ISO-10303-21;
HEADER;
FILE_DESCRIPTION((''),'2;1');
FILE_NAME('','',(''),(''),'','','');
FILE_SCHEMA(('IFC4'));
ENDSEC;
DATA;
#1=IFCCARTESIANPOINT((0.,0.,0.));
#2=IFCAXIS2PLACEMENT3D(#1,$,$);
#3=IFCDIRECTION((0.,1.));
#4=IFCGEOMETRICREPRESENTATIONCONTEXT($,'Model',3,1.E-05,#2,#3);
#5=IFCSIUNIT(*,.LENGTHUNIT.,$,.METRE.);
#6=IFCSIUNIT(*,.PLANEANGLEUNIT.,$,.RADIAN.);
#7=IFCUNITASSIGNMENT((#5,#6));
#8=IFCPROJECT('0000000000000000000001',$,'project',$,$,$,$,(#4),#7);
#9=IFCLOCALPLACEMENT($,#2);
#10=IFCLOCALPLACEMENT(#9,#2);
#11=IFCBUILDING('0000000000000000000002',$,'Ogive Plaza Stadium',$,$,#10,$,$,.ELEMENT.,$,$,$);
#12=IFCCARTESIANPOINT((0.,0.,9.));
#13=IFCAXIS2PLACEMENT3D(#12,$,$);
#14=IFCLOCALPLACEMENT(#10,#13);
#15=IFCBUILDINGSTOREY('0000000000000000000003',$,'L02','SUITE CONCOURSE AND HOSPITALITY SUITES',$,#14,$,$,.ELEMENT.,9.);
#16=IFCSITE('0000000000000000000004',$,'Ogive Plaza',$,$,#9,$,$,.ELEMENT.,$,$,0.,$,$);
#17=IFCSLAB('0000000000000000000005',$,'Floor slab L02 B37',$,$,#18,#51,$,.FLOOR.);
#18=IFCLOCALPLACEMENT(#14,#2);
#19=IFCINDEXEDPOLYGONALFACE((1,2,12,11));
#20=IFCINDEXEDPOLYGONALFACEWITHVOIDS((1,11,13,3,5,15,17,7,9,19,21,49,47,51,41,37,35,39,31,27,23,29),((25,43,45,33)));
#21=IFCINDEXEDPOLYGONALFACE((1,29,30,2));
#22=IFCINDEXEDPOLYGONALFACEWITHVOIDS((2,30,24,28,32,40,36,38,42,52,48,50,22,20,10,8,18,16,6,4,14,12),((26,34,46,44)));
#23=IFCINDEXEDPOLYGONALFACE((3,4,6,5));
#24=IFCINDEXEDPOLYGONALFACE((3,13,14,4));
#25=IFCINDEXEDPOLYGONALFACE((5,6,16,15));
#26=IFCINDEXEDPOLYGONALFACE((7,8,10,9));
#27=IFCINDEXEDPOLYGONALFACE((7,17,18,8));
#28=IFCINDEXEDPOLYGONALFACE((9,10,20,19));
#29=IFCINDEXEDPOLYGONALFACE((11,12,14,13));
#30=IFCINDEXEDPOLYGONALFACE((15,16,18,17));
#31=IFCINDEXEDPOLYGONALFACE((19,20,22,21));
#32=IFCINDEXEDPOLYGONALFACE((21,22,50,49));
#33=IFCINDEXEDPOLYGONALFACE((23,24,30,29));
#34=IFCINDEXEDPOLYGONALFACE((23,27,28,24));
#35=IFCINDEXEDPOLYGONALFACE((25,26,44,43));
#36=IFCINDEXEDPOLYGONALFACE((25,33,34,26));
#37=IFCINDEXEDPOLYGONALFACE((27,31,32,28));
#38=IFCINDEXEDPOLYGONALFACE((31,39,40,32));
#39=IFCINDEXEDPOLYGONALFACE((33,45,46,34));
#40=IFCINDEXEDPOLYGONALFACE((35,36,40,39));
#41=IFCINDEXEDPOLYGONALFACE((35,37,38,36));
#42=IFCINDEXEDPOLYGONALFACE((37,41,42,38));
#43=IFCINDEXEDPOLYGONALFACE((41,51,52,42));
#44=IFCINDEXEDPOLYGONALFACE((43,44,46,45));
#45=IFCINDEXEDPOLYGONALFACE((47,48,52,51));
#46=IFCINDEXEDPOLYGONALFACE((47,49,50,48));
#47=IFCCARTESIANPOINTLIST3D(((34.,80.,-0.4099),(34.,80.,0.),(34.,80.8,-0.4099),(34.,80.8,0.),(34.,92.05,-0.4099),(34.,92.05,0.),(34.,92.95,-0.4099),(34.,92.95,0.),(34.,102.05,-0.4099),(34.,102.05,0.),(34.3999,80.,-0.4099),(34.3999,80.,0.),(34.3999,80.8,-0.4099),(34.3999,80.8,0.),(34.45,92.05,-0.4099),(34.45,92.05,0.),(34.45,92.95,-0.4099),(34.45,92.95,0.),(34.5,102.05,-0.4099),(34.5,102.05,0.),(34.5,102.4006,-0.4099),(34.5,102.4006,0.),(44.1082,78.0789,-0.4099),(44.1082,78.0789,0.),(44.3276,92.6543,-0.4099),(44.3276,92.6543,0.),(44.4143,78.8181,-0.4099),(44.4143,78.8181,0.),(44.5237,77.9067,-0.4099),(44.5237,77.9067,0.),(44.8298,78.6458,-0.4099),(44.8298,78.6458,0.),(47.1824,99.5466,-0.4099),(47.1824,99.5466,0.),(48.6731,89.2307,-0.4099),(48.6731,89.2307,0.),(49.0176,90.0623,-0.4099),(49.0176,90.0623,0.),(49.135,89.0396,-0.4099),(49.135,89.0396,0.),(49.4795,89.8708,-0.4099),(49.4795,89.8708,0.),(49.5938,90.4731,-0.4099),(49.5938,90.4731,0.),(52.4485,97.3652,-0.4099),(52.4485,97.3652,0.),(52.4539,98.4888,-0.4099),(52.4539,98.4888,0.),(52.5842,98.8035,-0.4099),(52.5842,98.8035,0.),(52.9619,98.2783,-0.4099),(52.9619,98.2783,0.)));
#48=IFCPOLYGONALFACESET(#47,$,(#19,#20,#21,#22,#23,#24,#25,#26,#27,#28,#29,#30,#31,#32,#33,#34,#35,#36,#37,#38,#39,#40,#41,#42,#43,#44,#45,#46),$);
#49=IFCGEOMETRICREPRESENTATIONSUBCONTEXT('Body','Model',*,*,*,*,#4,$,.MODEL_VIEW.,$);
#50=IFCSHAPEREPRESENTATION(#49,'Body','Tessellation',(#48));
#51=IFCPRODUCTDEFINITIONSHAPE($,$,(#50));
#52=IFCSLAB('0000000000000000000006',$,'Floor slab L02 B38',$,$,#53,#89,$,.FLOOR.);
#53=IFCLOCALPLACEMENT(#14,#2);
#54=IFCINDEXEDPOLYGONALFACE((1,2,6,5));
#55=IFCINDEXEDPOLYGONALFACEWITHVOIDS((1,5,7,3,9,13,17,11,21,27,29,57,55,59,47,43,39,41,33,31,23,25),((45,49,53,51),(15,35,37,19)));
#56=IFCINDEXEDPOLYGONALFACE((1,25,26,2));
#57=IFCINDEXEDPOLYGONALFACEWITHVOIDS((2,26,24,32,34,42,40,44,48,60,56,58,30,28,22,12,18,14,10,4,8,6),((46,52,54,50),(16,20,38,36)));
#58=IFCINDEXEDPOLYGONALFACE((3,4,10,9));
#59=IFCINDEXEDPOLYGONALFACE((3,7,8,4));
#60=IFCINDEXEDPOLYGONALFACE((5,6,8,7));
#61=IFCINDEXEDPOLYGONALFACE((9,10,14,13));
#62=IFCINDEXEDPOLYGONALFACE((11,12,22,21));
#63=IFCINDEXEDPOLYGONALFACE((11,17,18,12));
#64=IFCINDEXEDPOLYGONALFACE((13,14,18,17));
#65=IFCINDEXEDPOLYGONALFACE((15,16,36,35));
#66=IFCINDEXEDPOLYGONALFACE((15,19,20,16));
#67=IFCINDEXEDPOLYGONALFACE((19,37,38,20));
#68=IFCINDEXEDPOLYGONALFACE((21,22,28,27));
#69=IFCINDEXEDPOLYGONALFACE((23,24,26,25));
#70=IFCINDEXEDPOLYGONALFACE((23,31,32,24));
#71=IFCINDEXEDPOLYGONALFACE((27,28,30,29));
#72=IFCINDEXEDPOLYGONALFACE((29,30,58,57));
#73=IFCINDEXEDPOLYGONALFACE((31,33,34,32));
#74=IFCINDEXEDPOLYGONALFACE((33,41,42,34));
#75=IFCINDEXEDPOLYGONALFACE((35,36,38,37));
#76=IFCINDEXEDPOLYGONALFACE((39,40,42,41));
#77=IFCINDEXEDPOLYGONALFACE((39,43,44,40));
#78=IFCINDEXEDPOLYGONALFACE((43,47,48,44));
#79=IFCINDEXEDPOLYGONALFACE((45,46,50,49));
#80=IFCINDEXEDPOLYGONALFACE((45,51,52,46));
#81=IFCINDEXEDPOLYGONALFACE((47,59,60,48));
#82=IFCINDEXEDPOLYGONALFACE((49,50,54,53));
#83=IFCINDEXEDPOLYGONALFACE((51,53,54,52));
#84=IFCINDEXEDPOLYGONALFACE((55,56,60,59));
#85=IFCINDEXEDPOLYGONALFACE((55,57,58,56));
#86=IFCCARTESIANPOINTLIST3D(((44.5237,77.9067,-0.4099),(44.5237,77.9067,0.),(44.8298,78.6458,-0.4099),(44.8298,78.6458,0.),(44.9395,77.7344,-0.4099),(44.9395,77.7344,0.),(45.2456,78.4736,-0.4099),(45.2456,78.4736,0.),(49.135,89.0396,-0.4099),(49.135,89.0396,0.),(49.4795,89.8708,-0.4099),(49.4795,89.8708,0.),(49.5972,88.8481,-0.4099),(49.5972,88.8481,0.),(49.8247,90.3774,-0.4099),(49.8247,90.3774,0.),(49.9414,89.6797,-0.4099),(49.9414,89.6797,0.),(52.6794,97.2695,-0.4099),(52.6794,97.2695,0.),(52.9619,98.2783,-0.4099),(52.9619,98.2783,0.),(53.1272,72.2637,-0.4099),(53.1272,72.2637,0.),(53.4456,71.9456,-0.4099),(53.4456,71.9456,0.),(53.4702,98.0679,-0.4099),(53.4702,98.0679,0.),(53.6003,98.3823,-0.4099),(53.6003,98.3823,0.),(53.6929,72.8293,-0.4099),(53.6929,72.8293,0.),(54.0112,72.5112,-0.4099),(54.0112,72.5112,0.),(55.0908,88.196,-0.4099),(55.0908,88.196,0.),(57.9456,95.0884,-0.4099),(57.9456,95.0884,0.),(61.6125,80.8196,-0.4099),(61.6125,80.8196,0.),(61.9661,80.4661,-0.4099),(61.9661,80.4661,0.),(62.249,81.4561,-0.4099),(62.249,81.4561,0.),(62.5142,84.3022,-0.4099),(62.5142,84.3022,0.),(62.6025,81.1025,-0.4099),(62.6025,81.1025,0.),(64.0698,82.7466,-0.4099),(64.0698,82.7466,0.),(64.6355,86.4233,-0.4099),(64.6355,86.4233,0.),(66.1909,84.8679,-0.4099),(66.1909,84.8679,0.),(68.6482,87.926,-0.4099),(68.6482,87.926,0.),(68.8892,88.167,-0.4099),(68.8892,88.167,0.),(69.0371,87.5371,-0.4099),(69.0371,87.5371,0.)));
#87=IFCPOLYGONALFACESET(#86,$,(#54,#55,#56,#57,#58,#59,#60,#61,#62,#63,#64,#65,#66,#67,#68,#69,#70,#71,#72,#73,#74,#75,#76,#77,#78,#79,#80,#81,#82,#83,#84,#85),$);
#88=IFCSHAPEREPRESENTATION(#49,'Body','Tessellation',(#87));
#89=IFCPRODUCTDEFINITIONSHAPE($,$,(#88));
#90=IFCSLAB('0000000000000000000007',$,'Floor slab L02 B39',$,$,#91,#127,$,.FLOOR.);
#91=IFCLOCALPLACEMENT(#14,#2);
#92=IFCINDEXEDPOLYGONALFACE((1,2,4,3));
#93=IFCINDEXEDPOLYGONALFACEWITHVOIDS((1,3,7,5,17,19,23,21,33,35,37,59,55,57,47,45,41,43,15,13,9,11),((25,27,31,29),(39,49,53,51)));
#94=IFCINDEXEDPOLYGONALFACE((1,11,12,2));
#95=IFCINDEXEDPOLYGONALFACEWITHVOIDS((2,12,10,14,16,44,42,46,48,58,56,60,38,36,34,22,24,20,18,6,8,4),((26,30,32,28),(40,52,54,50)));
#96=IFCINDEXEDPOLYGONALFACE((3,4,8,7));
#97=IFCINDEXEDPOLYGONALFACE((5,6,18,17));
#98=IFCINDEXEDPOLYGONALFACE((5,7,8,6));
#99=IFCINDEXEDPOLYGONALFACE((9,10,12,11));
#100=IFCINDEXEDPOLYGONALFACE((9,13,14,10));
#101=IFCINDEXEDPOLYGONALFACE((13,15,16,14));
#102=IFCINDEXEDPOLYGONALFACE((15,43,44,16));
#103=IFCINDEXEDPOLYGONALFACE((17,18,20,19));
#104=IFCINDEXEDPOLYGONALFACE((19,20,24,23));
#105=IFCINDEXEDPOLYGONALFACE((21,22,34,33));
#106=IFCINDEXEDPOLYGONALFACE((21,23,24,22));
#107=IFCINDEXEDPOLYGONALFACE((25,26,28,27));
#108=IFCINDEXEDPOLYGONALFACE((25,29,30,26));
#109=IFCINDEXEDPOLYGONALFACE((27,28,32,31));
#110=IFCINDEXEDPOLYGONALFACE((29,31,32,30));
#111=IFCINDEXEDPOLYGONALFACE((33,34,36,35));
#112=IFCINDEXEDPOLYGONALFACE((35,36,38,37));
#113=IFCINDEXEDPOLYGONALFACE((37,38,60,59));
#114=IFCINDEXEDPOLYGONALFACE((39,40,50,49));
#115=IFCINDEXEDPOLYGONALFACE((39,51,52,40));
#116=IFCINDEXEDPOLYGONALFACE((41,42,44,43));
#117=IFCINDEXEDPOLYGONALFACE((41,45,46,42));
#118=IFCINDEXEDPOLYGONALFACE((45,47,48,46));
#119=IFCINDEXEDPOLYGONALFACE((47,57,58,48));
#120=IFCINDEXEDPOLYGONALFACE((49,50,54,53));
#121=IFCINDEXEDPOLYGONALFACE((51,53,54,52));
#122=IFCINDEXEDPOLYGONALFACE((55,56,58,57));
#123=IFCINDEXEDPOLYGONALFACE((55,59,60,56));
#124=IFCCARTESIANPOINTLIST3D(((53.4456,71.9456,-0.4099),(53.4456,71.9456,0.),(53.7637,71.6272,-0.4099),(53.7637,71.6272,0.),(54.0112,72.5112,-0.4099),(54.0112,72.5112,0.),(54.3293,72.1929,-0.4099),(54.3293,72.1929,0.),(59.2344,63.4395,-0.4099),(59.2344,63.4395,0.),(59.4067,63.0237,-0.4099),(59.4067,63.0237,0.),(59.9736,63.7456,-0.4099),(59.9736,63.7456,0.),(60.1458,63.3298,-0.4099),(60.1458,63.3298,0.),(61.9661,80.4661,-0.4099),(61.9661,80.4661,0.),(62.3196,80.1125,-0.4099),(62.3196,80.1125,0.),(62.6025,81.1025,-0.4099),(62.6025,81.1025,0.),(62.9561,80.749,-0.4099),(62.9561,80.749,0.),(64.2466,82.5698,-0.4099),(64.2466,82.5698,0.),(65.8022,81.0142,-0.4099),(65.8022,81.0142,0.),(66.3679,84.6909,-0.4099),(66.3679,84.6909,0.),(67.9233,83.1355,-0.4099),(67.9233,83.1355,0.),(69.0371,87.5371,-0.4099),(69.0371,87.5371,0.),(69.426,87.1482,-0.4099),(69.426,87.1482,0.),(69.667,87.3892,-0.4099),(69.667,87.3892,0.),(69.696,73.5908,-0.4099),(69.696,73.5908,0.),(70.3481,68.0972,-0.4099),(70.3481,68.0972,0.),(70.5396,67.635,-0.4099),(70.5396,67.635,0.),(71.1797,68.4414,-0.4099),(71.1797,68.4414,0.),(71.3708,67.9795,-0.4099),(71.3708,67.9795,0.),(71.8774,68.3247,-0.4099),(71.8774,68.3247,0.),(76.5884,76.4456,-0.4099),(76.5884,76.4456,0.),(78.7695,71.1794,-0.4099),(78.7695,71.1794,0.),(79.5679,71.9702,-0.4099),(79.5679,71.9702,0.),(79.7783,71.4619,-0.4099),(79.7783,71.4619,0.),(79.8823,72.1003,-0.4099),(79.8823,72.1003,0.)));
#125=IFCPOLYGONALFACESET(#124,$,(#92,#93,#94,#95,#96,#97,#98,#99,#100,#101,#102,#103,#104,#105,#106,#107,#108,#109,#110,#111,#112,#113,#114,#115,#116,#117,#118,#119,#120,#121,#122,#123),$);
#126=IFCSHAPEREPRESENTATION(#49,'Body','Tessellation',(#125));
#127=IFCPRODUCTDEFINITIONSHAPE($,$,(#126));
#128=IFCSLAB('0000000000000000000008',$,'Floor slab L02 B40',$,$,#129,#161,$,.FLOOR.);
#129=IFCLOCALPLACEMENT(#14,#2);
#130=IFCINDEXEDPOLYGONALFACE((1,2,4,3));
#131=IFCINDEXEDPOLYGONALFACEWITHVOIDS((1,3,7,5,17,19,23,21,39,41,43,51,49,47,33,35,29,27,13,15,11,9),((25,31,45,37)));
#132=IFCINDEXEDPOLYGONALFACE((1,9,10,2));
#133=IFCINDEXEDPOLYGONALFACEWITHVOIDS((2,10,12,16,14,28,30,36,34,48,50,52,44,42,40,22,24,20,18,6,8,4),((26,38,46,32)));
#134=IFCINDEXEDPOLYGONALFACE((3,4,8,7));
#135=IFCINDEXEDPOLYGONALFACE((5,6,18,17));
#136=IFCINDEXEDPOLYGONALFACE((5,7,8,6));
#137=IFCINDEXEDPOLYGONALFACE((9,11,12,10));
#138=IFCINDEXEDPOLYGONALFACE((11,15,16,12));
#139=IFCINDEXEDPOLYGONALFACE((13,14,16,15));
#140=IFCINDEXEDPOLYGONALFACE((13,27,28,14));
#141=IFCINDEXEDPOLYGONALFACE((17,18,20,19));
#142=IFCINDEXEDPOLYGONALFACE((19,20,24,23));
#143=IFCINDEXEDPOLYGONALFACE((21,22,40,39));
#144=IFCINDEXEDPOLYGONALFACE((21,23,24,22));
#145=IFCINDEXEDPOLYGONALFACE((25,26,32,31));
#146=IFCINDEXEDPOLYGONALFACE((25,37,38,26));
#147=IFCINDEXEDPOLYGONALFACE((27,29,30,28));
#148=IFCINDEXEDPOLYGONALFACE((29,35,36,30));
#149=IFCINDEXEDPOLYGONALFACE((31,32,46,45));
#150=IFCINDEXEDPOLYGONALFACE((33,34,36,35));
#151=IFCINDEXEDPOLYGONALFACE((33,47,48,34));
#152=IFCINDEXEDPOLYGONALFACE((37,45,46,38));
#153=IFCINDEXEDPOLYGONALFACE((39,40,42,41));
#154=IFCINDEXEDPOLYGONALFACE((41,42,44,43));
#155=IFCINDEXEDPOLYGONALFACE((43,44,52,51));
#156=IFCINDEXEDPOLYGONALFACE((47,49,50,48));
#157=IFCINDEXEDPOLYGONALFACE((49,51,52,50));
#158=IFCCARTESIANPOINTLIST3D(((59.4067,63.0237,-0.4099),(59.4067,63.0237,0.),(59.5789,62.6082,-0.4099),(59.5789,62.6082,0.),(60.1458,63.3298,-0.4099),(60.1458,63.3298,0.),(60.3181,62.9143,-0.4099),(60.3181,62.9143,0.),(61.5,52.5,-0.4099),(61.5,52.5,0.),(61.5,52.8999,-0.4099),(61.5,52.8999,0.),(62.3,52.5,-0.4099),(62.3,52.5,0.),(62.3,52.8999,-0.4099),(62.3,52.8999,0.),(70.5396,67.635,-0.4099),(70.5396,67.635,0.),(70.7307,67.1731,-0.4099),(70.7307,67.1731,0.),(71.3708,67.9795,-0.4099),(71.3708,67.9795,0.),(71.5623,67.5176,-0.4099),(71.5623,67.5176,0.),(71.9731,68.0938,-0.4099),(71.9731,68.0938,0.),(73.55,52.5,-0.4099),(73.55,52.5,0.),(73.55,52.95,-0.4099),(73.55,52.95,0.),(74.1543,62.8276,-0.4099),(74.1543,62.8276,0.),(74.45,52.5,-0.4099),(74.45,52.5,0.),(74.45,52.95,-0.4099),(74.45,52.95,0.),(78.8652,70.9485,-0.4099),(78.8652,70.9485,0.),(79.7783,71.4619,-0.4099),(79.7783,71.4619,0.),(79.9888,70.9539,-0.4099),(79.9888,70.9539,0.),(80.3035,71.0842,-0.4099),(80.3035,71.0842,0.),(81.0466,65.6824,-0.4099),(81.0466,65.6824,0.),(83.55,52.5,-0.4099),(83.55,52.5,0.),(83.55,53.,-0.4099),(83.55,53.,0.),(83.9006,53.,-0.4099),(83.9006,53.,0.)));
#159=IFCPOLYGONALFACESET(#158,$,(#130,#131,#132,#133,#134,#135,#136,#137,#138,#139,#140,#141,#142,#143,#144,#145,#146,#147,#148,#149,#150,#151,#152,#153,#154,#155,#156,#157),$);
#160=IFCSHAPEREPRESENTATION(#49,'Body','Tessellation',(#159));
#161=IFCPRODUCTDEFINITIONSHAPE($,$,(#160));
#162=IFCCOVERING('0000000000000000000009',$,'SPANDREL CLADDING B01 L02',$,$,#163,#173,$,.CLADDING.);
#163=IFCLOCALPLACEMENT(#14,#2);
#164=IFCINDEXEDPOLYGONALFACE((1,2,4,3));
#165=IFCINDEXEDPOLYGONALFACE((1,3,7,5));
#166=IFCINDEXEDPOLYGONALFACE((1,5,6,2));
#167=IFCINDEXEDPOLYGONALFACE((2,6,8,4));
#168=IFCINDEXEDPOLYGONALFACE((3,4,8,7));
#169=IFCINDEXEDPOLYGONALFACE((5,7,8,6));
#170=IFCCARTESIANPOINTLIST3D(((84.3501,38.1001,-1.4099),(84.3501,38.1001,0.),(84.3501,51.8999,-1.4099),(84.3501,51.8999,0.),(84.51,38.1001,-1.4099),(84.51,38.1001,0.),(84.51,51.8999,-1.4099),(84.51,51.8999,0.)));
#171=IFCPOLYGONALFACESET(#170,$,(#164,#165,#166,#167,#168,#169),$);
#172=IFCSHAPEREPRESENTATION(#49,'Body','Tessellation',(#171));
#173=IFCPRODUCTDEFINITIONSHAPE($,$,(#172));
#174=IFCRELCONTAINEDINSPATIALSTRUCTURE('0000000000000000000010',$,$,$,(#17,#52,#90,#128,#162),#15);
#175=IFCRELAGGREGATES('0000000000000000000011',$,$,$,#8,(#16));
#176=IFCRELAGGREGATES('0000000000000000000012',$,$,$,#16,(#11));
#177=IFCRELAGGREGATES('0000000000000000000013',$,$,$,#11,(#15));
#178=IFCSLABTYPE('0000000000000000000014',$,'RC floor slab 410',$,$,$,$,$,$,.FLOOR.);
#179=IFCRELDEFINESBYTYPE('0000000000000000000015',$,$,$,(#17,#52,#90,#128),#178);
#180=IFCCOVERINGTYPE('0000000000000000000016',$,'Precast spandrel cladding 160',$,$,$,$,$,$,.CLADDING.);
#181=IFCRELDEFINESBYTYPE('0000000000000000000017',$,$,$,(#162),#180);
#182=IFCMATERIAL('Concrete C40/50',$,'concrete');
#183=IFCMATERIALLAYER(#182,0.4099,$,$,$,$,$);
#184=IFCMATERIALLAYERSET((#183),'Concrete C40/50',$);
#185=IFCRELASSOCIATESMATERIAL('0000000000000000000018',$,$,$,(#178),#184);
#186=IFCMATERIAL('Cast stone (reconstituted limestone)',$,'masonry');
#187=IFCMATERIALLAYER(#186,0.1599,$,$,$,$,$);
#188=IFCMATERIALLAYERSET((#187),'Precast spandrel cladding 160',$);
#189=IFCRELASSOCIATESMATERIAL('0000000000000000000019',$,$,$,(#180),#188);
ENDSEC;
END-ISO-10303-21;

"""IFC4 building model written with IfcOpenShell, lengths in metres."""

from ifc_helpers import new_model, si_unit, direction, frame, origin, place, context, subcontext, project, spatial, polyline, outline, extrude, material, layer, layer_set, type_object, element, save


model = new_model("IFC4")

# Units and contexts
model_context = context("Model", 3, precision=1e-05, world=origin(), true_north=direction((0.0, 1.0)))
body_context = subcontext(model_context, "Body", "Model", "MODEL_VIEW")
ifc_project = project(units=[si_unit("LENGTHUNIT", "METRE"), si_unit("PLANEANGLEUNIT", "RADIAN")], contexts=[model_context])

# Site, building, storey
site_placement = place(None, origin())
site = spatial("IfcSite", under=ifc_project, at=site_placement, Name="Ogive Plaza", CompositionType="ELEMENT", RefElevation=0.0)
building_placement = place(site_placement, origin())
building = spatial("IfcBuilding", under=site, at=building_placement, Name="Ogive Plaza Stadium", CompositionType="ELEMENT")
storey_placement = place(building_placement, frame((0.0, 0.0, 9.0)))
storey = spatial("IfcBuildingStorey", under=building, at=storey_placement, Name="L02", Description="SUITE CONCOURSE AND HOSPITALITY SUITES", CompositionType="ELEMENT", Elevation=9.0)

# Slabs
ifc_material_1 = material(Name="Concrete C40/50", Category="concrete")
ifc_layer_1 = layer(ifc_material_1, 0.4099)
ifc_layer_set_1 = layer_set([ifc_layer_1], Name="Concrete C40/50")
slab_type = type_object("IfcSlabType", Name="RC floor slab 410", PredefinedType="FLOOR", material=ifc_layer_set_1)
slab_1_placement = place(storey_placement, frame((0.0, 0.0, -0.4099)))
element("IfcSlab", 1, at=slab_1_placement, inside=storey, type_object=slab_type, Name="Floor slab L02 B37", PredefinedType="FLOOR", context=body_context, shape_type="SweptSolid", body=[
    extrude(outline(polyline([(49.135, 89.0396), (48.6731, 89.2307), (49.0176, 90.0623), (49.4795, 89.8708), (52.9619, 98.2783), (52.4539, 98.4888), (52.5842, 98.8035), (34.5, 102.4006), (34.5, 102.05), (34.0, 102.05), (34.0, 92.95), (34.45, 92.95), (34.45, 92.05), (34.0, 92.05), (34.0, 80.8), (34.3999, 80.8), (34.3999, 80.0), (34.0, 80.0), (44.5237, 77.9067), (44.1082, 78.0789), (44.4143, 78.8181), (44.8298, 78.6458), (49.135, 89.0396)]), holes=[polyline([(44.3276, 92.6543), (49.5938, 90.4731), (52.4485, 97.3652), (47.1824, 99.5466), (44.3276, 92.6543)])]), origin(), (0.0, 0.0, 1.0), 0.4099),
])
slab_2_placement = place(storey_placement, frame((0.0, 0.0, -0.4099)))
element("IfcSlab", 2, at=slab_2_placement, inside=storey, type_object=slab_type, Name="Floor slab L02 B38", PredefinedType="FLOOR", context=body_context, shape_type="SweptSolid", body=[
    extrude(outline(polyline([(61.9661, 80.4661), (61.6125, 80.8196), (62.249, 81.4561), (62.6025, 81.1025), (69.0371, 87.5371), (68.6482, 87.926), (68.8892, 88.167), (53.6003, 98.3823), (53.4702, 98.0679), (52.9619, 98.2783), (49.4795, 89.8708), (49.9414, 89.6797), (49.5972, 88.8481), (49.135, 89.0396), (44.8298, 78.6458), (45.2456, 78.4736), (44.9395, 77.7344), (44.5237, 77.9067), (53.4456, 71.9456), (53.1272, 72.2637), (53.6929, 72.8293), (54.0112, 72.5112), (61.9661, 80.4661)]), holes=[polyline([(62.5142, 84.3022), (64.0698, 82.7466), (66.1909, 84.8679), (64.6355, 86.4233), (62.5142, 84.3022)]), polyline([(49.8247, 90.3774), (55.0908, 88.196), (57.9456, 95.0884), (52.6794, 97.2695), (49.8247, 90.3774)])]), origin(), (0.0, 0.0, 1.0), 0.4099),
])
slab_3_placement = place(storey_placement, frame((0.0, 0.0, -0.4099)))
element("IfcSlab", 3, at=slab_3_placement, inside=storey, type_object=slab_type, Name="Floor slab L02 B39", PredefinedType="FLOOR", context=body_context, shape_type="SweptSolid", body=[
    extrude(outline(polyline([(70.5396, 67.635), (70.3481, 68.0972), (71.1797, 68.4414), (71.3708, 67.9795), (79.7783, 71.4619), (79.5679, 71.9702), (79.8823, 72.1003), (69.667, 87.3892), (69.426, 87.1482), (69.0371, 87.5371), (62.6025, 81.1025), (62.9561, 80.749), (62.3196, 80.1125), (61.9661, 80.4661), (54.0112, 72.5112), (54.3293, 72.1929), (53.7637, 71.6272), (53.4456, 71.9456), (59.4067, 63.0237), (59.2344, 63.4395), (59.9736, 63.7456), (60.1458, 63.3298), (70.5396, 67.635)]), holes=[polyline([(69.696, 73.5908), (71.8774, 68.3247), (78.7695, 71.1794), (76.5884, 76.4456), (69.696, 73.5908)]), polyline([(64.2466, 82.5698), (65.8022, 81.0142), (67.9233, 83.1355), (66.3679, 84.6909), (64.2466, 82.5698)])]), origin(), (0.0, 0.0, 1.0), 0.4099),
])
slab_4_placement = place(storey_placement, frame((0.0, 0.0, -0.4099)))
element("IfcSlab", 4, at=slab_4_placement, inside=storey, type_object=slab_type, Name="Floor slab L02 B40", PredefinedType="FLOOR", context=body_context, shape_type="SweptSolid", body=[
    extrude(outline(polyline([(73.55, 52.5), (73.55, 52.95), (74.45, 52.95), (74.45, 52.5), (83.55, 52.5), (83.55, 53.0), (83.9006, 53.0), (80.3035, 71.0842), (79.9888, 70.9539), (79.7783, 71.4619), (71.3708, 67.9795), (71.5623, 67.5176), (70.7307, 67.1731), (70.5396, 67.635), (60.1458, 63.3298), (60.3181, 62.9143), (59.5789, 62.6082), (59.4067, 63.0237), (61.5, 52.5), (61.5, 52.8999), (62.3, 52.8999), (62.3, 52.5), (73.55, 52.5)]), holes=[polyline([(71.9731, 68.0938), (74.1543, 62.8276), (81.0466, 65.6824), (78.8652, 70.9485), (71.9731, 68.0938)])]), origin(), (0.0, 0.0, 1.0), 0.4099),
])

# Covering
ifc_material_2 = material(Name="Cast stone (reconstituted limestone)", Category="masonry")
ifc_layer_2 = layer(ifc_material_2, 0.1599)
ifc_layer_set_2 = layer_set([ifc_layer_2], Name="Precast spandrel cladding 160")
covering_type = type_object("IfcCoveringType", Name="Precast spandrel cladding 160", PredefinedType="CLADDING", material=ifc_layer_set_2)
covering_1_placement = place(storey_placement, frame((0.0, 0.0, -1.4099)))
element("IfcCovering", 5, at=covering_1_placement, inside=storey, type_object=covering_type, Name="SPANDREL CLADDING B01 L02", PredefinedType="CLADDING", context=body_context, shape_type="SweptSolid", body=[
    extrude(outline(polyline([(84.3501, 51.8999), (84.3501, 38.1001), (84.51, 38.1001), (84.51, 51.8999), (84.3501, 51.8999)])), origin(), (0.0, 0.0, 1.0), 1.4099),
])

save(model, "model.ifc")
